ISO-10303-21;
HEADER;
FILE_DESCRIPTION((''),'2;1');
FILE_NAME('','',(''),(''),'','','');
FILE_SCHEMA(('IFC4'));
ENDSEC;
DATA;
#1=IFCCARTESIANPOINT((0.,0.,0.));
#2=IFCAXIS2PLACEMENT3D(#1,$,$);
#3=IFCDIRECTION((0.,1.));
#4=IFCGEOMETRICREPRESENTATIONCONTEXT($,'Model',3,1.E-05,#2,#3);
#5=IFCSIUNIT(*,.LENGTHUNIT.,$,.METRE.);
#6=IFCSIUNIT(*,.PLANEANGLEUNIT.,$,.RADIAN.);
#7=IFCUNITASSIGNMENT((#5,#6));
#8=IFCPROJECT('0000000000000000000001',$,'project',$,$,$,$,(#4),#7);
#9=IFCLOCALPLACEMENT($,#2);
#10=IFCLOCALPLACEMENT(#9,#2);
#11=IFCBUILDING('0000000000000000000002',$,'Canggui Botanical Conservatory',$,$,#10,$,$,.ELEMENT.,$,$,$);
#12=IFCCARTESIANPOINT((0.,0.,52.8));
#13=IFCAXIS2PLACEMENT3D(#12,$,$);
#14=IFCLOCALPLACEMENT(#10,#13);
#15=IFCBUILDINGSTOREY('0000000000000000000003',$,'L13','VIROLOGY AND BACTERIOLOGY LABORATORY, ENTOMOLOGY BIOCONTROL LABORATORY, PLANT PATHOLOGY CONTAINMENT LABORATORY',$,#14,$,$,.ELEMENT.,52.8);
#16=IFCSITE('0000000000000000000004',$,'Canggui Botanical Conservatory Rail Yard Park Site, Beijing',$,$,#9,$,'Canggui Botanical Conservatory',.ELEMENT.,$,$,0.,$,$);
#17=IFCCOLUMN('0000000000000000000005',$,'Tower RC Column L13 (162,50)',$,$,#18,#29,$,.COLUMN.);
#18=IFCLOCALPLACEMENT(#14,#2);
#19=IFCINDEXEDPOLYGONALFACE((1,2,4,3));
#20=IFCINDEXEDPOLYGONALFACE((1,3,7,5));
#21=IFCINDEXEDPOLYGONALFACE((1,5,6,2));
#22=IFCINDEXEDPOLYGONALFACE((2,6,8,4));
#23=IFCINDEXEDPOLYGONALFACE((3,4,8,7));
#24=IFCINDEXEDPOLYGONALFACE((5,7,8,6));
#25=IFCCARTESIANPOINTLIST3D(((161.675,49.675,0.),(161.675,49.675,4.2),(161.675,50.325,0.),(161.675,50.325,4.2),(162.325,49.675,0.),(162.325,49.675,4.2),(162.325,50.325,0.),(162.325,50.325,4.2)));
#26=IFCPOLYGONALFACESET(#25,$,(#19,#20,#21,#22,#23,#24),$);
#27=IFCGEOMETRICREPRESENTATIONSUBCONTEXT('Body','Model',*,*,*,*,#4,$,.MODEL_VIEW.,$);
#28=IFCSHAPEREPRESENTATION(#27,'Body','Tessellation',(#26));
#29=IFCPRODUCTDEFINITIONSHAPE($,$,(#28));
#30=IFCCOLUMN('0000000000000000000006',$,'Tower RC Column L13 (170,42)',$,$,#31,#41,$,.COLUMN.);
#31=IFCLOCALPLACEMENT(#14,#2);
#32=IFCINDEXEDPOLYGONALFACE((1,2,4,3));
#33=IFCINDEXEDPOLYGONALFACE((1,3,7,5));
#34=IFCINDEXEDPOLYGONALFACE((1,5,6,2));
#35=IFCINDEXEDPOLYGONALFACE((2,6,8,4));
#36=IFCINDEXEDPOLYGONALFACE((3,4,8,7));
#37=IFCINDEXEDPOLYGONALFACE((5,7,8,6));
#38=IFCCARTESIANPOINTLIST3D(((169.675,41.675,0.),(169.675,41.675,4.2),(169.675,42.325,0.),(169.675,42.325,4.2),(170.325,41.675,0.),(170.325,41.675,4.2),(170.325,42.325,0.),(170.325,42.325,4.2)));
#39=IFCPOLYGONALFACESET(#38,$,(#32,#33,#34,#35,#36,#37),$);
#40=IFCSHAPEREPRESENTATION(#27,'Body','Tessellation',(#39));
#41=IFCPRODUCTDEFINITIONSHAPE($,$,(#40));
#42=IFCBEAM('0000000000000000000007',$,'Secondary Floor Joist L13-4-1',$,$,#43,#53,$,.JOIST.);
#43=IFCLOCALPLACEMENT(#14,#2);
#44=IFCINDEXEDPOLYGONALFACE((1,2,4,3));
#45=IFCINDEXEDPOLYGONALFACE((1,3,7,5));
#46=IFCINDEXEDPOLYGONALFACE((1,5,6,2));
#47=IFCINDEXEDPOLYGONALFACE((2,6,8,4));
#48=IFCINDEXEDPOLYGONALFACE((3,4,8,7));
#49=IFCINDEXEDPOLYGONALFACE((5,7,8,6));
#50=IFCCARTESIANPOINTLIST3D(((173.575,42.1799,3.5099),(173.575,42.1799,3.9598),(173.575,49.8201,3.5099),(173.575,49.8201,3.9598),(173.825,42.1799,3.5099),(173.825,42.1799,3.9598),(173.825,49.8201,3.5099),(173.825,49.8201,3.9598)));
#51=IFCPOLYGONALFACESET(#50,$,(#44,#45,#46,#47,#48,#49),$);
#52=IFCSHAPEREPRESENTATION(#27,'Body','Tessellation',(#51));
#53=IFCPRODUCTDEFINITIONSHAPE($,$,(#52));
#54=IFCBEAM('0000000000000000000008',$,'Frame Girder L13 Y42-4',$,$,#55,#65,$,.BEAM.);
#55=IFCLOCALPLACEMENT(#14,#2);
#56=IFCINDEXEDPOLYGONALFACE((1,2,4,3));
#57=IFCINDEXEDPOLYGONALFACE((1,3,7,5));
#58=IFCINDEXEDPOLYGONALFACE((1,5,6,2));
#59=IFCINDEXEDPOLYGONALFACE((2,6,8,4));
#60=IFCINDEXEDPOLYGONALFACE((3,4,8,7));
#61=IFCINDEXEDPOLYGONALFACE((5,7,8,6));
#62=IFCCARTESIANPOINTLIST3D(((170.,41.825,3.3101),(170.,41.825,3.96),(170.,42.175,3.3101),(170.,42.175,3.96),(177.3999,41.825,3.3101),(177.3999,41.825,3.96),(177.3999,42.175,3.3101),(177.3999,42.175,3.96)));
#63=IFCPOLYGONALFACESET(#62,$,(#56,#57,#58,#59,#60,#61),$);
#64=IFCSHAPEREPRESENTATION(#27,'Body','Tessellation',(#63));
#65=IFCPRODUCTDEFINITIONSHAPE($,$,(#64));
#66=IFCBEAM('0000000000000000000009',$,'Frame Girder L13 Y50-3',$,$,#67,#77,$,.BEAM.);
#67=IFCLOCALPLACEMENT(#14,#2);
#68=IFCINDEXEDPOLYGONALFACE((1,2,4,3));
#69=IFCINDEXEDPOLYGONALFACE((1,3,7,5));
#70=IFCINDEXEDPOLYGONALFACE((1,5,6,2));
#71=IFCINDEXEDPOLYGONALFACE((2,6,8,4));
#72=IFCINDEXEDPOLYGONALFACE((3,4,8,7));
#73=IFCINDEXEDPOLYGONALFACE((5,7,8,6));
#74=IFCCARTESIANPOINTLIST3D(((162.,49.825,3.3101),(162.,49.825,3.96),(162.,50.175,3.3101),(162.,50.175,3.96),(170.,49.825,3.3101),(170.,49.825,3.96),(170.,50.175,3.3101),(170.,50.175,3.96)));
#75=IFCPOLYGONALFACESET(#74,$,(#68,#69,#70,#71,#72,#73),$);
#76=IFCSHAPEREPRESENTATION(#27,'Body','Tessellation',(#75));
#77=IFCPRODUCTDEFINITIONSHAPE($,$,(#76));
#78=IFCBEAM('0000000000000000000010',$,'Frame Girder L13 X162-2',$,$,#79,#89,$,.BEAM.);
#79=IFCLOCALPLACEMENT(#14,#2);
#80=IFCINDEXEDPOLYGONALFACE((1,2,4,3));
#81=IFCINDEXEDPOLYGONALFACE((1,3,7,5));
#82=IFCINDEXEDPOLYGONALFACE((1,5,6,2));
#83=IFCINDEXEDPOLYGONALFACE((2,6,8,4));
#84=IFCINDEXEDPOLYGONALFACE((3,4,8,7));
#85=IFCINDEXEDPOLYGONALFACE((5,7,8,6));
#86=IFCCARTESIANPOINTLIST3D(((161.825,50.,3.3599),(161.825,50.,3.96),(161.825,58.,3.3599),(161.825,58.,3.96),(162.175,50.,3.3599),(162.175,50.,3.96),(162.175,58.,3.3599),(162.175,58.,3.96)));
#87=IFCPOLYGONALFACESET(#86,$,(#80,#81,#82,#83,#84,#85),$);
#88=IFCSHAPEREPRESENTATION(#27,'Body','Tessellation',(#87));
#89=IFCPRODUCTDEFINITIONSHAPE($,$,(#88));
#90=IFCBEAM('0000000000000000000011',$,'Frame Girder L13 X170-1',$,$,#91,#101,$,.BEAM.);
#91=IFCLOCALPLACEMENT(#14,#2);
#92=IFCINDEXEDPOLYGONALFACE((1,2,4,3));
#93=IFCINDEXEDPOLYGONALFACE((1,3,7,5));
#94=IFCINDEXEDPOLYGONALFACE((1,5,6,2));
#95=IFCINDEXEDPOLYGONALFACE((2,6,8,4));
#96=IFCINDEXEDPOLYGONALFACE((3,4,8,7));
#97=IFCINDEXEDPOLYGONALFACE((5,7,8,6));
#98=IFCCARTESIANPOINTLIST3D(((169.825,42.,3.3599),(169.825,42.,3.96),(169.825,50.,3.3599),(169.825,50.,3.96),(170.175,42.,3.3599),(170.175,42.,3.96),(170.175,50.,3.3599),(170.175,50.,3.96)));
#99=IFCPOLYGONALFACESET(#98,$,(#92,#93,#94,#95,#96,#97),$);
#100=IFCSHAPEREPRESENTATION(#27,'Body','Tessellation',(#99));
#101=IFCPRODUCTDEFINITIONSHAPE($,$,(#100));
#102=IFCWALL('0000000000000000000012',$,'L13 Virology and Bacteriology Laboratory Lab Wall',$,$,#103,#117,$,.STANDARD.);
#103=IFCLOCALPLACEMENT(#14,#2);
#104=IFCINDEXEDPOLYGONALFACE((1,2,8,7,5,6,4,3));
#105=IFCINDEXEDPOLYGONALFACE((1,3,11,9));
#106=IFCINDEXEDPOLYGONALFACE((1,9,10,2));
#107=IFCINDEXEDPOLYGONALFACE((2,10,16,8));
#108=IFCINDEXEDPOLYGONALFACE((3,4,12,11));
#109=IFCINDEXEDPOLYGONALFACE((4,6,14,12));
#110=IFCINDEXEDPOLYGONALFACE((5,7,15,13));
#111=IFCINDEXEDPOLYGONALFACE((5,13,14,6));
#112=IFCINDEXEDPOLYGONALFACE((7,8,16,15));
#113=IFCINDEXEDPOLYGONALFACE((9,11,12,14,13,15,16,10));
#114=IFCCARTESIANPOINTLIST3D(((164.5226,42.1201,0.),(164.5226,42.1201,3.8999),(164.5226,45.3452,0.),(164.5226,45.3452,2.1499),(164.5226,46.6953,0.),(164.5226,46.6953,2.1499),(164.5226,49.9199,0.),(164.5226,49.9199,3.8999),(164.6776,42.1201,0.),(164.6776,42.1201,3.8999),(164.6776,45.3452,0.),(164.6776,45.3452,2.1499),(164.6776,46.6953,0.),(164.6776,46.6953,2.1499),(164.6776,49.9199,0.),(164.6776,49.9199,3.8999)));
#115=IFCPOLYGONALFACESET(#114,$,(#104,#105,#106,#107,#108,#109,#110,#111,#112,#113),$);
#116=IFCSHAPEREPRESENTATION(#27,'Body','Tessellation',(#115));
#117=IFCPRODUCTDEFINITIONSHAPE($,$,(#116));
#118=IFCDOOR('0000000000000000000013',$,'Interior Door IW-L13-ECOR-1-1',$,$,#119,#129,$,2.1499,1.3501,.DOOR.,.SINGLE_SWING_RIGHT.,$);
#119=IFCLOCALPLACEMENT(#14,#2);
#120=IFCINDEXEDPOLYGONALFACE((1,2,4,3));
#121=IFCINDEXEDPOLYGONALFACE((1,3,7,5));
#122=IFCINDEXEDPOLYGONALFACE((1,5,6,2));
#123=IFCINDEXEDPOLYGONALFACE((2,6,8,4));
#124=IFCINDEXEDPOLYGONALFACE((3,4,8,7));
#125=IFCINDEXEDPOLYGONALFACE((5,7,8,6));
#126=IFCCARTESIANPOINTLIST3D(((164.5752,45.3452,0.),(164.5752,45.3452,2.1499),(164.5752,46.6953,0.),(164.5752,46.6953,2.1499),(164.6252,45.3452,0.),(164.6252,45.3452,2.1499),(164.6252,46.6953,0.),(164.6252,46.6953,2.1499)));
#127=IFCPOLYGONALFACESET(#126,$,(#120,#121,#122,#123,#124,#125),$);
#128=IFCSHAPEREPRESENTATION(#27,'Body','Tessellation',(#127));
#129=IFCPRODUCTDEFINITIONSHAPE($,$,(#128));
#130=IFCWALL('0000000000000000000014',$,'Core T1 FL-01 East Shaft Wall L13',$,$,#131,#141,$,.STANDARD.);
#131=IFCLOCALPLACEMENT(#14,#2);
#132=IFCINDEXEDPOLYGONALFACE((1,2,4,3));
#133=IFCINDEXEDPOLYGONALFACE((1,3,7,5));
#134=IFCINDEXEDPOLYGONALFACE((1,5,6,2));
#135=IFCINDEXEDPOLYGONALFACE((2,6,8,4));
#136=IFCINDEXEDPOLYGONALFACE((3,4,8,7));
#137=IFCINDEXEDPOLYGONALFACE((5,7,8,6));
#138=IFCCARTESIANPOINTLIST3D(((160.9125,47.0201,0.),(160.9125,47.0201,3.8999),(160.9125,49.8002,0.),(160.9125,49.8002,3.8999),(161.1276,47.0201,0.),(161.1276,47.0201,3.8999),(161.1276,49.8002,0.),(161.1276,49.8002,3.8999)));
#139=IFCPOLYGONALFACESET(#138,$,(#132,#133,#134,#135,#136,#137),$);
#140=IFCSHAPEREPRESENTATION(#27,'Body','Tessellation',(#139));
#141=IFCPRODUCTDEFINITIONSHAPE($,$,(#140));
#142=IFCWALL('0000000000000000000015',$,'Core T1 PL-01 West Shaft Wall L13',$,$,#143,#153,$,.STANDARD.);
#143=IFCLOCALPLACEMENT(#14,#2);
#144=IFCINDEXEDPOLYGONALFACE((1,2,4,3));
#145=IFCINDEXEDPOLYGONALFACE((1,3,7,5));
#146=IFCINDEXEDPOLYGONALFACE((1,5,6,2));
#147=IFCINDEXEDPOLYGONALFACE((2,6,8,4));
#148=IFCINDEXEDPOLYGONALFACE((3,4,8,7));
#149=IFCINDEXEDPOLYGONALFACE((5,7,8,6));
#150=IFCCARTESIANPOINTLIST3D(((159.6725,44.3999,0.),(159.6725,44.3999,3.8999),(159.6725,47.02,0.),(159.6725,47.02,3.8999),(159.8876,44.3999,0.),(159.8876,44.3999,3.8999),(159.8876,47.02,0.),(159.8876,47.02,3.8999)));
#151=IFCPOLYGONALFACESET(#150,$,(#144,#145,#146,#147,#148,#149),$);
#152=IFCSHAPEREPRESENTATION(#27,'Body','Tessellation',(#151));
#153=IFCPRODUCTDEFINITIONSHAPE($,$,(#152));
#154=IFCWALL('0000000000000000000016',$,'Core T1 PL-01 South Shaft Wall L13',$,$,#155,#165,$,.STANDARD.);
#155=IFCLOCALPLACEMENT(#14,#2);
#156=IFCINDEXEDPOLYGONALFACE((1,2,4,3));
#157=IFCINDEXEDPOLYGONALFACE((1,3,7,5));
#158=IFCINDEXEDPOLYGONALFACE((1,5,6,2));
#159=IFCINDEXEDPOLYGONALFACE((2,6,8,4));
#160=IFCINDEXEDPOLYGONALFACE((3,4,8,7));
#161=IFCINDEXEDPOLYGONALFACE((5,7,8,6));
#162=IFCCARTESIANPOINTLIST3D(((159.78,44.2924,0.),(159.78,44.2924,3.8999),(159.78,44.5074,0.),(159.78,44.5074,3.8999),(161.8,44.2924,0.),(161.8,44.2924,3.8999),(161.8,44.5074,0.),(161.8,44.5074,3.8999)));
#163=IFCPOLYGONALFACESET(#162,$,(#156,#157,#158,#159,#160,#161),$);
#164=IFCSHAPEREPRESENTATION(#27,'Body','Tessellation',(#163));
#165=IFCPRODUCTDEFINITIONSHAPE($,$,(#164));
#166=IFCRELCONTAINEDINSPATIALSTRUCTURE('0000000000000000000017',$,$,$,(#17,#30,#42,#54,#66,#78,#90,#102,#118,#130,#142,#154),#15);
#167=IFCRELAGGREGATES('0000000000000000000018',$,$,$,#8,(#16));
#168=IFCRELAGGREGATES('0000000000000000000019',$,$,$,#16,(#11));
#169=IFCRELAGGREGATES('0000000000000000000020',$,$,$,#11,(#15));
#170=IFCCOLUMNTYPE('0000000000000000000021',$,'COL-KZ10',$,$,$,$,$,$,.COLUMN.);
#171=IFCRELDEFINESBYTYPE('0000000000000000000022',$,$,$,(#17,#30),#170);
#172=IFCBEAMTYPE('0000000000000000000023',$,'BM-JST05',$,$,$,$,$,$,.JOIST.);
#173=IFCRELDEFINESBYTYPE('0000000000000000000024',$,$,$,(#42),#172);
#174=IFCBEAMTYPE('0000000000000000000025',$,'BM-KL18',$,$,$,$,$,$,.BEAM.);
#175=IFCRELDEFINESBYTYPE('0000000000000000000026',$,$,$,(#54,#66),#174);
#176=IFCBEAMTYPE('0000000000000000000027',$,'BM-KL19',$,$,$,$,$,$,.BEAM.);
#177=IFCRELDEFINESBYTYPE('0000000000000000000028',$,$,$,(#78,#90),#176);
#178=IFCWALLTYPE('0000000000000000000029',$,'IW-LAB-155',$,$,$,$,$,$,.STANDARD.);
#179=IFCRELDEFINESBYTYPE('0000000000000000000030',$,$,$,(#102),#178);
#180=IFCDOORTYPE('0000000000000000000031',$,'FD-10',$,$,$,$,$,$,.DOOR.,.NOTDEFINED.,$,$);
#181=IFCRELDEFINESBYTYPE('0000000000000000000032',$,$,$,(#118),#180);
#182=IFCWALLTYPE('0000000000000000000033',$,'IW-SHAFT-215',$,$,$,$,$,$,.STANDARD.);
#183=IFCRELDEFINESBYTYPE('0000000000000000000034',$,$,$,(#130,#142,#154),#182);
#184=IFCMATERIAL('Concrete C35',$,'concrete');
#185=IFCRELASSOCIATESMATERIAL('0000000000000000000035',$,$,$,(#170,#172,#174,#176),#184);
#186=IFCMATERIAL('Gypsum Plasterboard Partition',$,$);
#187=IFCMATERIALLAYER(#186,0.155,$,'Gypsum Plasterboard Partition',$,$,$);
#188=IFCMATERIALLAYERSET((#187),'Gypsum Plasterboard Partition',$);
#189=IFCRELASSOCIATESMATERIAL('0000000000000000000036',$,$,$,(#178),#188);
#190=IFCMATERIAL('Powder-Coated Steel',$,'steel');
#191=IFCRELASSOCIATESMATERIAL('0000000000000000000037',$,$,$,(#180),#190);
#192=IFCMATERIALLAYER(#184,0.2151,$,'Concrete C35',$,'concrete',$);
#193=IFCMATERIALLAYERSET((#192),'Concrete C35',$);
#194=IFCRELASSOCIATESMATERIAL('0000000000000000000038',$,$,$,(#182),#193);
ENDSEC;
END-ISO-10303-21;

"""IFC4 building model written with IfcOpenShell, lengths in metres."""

from ifc_helpers import new_model, si_unit, direction, frame, frame_2d, origin, origin_2d, place, context, subcontext, project, spatial, rectangle, extrude, material, layer, layer_set, material_profile, profile_set, type_object, element, fill, save


model = new_model("IFC4")

# Units and contexts
model_context = context("Model", 3, precision=1e-05, world=origin(), true_north=direction((0.0, 1.0)))
body_context = subcontext(model_context, "Body", "Model", "MODEL_VIEW")
ifc_project = project(units=[si_unit("LENGTHUNIT", "METRE"), si_unit("PLANEANGLEUNIT", "RADIAN")], contexts=[model_context])

# Site, building, storey
site_placement = place(None, origin())
site = spatial("IfcSite", under=ifc_project, at=site_placement, Name="Canggui Botanical Conservatory Rail Yard Park Site, Beijing", LongName="Canggui Botanical Conservatory", CompositionType="ELEMENT", RefElevation=0.0)
building_placement = place(site_placement, origin())
building = spatial("IfcBuilding", under=site, at=building_placement, Name="Canggui Botanical Conservatory", CompositionType="ELEMENT")
storey_placement = place(building_placement, frame((0.0, 0.0, 52.8)))
storey = spatial("IfcBuildingStorey", under=building, at=storey_placement, Name="L13", Description="VIROLOGY AND BACTERIOLOGY LABORATORY, ENTOMOLOGY BIOCONTROL LABORATORY, PLANT PATHOLOGY CONTAINMENT LABORATORY", CompositionType="ELEMENT", Elevation=52.8)

# Columns
ifc_material_1 = material(Name="Concrete C35", Category="concrete")
ifc_material_profile_1 = material_profile(ifc_material_1, rectangle(XDim=0.6499, YDim=0.6499, at=origin_2d()), Name="RC 650x650")
ifc_profile_set_1 = profile_set([ifc_material_profile_1], Name="Concrete C35")
column_type = type_object("IfcColumnType", Name="COL-KZ10", PredefinedType="COLUMN", material=ifc_profile_set_1)
for number, where, z_axis, x_axis, name in (
    (1, (162.0, 50.0, 0.0), (0.0, 0.0, 1.0), (1.0, 0.0, 0.0), "Tower RC Column L13 (162,50)"),
    (2, (170.0, 42.0, 0.0), (0.0, 0.0, 1.0), (1.0, 0.0, 0.0), "Tower RC Column L13 (170,42)"),
):
    element("IfcColumn", number, at=place(storey_placement, frame(where, z_axis=z_axis, x_axis=x_axis)), inside=storey, type_object=column_type, Name=name, PredefinedType="COLUMN", context=body_context, shape_type="SweptSolid", body=[
        extrude(rectangle(XDim=0.6499, YDim=0.6499, at=origin_2d()), origin(), (0.0, 0.0, 1.0), 4.2),
    ])

# Beams
ifc_material_profile_2 = material_profile(ifc_material_1, rectangle(XDim=0.25, YDim=0.45, at=origin_2d()), Name="RB 250x450")
ifc_profile_set_2 = profile_set([ifc_material_profile_2], Name="Concrete C35")
beam_type_1 = type_object("IfcBeamType", Name="BM-JST05", PredefinedType="JOIST", material=ifc_profile_set_2)
beam_1_placement = place(storey_placement, frame((173.7, 42.1799, 3.7349), z_axis=(0.0, 1.0, 0.0), x_axis=(-1.0, 0.0, 0.0)))
element("IfcBeam", 3, at=beam_1_placement, inside=storey, type_object=beam_type_1, Name="Secondary Floor Joist L13-4-1", PredefinedType="JOIST", context=body_context, shape_type="SweptSolid", body=[
    extrude(rectangle(XDim=0.25, YDim=0.45, at=origin_2d()), origin(), (0.0, 0.0, 1.0), 7.6401),
])
ifc_material_profile_3 = material_profile(ifc_material_1, rectangle(XDim=0.3501, YDim=0.6499, at=origin_2d()), Name="RB 350x650")
ifc_profile_set_3 = profile_set([ifc_material_profile_3], Name="Concrete C35")
beam_type_2 = type_object("IfcBeamType", Name="BM-KL18", PredefinedType="BEAM", material=ifc_profile_set_3)
beam_2_placement = place(storey_placement, frame((170.0, 42.0, 3.635), z_axis=(1.0, 0.0, 0.0), x_axis=(0.0, 1.0, 0.0)))
element("IfcBeam", 4, at=beam_2_placement, inside=storey, type_object=beam_type_2, Name="Frame Girder L13 Y42-4", PredefinedType="BEAM", context=body_context, shape_type="SweptSolid", body=[
    extrude(rectangle(XDim=0.3501, YDim=0.6499, at=origin_2d()), origin(), (0.0, 0.0, 1.0), 7.3999),
])
beam_3_placement = place(storey_placement, frame((162.0, 50.0, 3.635), z_axis=(1.0, 0.0, 0.0), x_axis=(0.0, 1.0, 0.0)))
element("IfcBeam", 5, at=beam_3_placement, inside=storey, type_object=beam_type_2, Name="Frame Girder L13 Y50-3", PredefinedType="BEAM", context=body_context, shape_type="SweptSolid", body=[
    extrude(rectangle(XDim=0.3501, YDim=0.6499, at=origin_2d()), origin(), (0.0, 0.0, 1.0), 8.0),
])
ifc_material_profile_4 = material_profile(ifc_material_1, rectangle(XDim=0.3501, YDim=0.6001, at=origin_2d()), Name="RB 350x600")
ifc_profile_set_4 = profile_set([ifc_material_profile_4], Name="Concrete C35")
beam_type_3 = type_object("IfcBeamType", Name="BM-KL19", PredefinedType="BEAM", material=ifc_profile_set_4)
for number, where, z_axis, x_axis, name in (
    (6, (162.0, 50.0, 3.6599), (0.0, 1.0, 0.0), (-1.0, 0.0, 0.0), "Frame Girder L13 X162-2"),
    (7, (170.0, 42.0, 3.6599), (0.0, 1.0, 0.0), (-1.0, 0.0, 0.0), "Frame Girder L13 X170-1"),
):
    element("IfcBeam", number, at=place(storey_placement, frame(where, z_axis=z_axis, x_axis=x_axis)), inside=storey, type_object=beam_type_3, Name=name, PredefinedType="BEAM", context=body_context, shape_type="SweptSolid", body=[
        extrude(rectangle(XDim=0.3501, YDim=0.6001, at=origin_2d()), origin(), (0.0, 0.0, 1.0), 8.0),
    ])

# Wall, opening, door
ifc_material_2 = material(Name="Gypsum Plasterboard Partition")
ifc_layer_1 = layer(ifc_material_2, 0.155, Name="Gypsum Plasterboard Partition")
ifc_layer_set_1 = layer_set([ifc_layer_1], Name="Gypsum Plasterboard Partition")
wall_type_1 = type_object("IfcWallType", Name="IW-LAB-155", PredefinedType="STANDARD", material=ifc_layer_set_1)
wall_1_placement = place(storey_placement, frame((164.6001, 42.1201, 0.0), z_axis=(0.0, 0.0, 1.0), x_axis=(0.0, 1.0, 0.0)))
wall_1 = element("IfcWall", 8, at=wall_1_placement, inside=storey, type_object=wall_type_1, Name="L13 Virology and Bacteriology Laboratory Lab Wall", PredefinedType="STANDARD", context=body_context, shape_type="SweptSolid", body=[
    extrude(rectangle(XDim=7.7998, YDim=0.155, at=frame_2d((3.8999, 0.0))), origin(), (0.0, 0.0, 1.0), 3.8999),
])
opening_1_placement = place(wall_1_placement, frame((3.2251, 0.0, 0.0)))
opening_1 = element("IfcOpeningElement", 9, at=opening_1_placement, cuts=wall_1, PredefinedType="OPENING", context=body_context, shape_type="SweptSolid", body=[
    extrude(rectangle(XDim=1.3501, YDim=2.1499, at=frame_2d((0.675, 1.075))), frame((0.0, 0.0874, 0.0), z_axis=(0.0, -1.0, 0.0), x_axis=(1.0, 0.0, 0.0)), (0.0, 0.0, 1.0), 0.175),
])
ifc_material_3 = material(Name="Powder-Coated Steel", Category="steel")
door_type_1 = type_object("IfcDoorType", Name="FD-10", OperationType="NOTDEFINED", PredefinedType="DOOR", material=ifc_material_3)
door_1_placement = place(opening_1_placement, origin())
door_1 = element("IfcDoor", 10, at=door_1_placement, inside=storey, type_object=door_type_1, Name="Interior Door IW-L13-ECOR-1-1", OperationType="SINGLE_SWING_RIGHT", OverallHeight=2.1499, OverallWidth=1.3501, PredefinedType="DOOR", context=body_context, shape_type="SweptSolid", body=[
    extrude(rectangle(XDim=1.3501, YDim=2.1499, at=frame_2d((0.675, 1.075))), frame((0.0, 0.0249, 0.0), z_axis=(0.0, -1.0, 0.0), x_axis=(1.0, 0.0, 0.0)), (0.0, 0.0, 1.0), 0.05),
])
fill(opening_1, door_1)

# Walls
ifc_layer_2 = layer(ifc_material_1, 0.2151, Name="Concrete C35", Category="concrete")
ifc_layer_set_2 = layer_set([ifc_layer_2], Name="Concrete C35")
wall_type_2 = type_object("IfcWallType", Name="IW-SHAFT-215", PredefinedType="STANDARD", material=ifc_layer_set_2)
wall_2_placement = place(storey_placement, frame((161.02, 47.02, 0.0), z_axis=(0.0, 0.0, 1.0), x_axis=(0.0, 1.0, 0.0)))
element("IfcWall", 11, at=wall_2_placement, inside=storey, type_object=wall_type_2, Name="Core T1 FL-01 East Shaft Wall L13", PredefinedType="STANDARD", context=body_context, shape_type="SweptSolid", body=[
    extrude(rectangle(XDim=2.78, YDim=0.2151, at=frame_2d((1.3901, 0.0))), origin(), (0.0, 0.0, 1.0), 3.8999),
])
wall_3_placement = place(storey_placement, frame((159.78, 44.3999, 0.0), z_axis=(0.0, 0.0, 1.0), x_axis=(0.0, 1.0, 0.0)))
element("IfcWall", 12, at=wall_3_placement, inside=storey, type_object=wall_type_2, Name="Core T1 PL-01 West Shaft Wall L13", PredefinedType="STANDARD", context=body_context, shape_type="SweptSolid", body=[
    extrude(rectangle(XDim=2.6201, YDim=0.2151, at=frame_2d((1.3101, 0.0))), origin(), (0.0, 0.0, 1.0), 3.8999),
])
wall_4_placement = place(storey_placement, frame((159.78, 44.3999, 0.0), z_axis=(0.0, 0.0, 1.0), x_axis=(1.0, 0.0, 0.0)))
element("IfcWall", 13, at=wall_4_placement, inside=storey, type_object=wall_type_2, Name="Core T1 PL-01 South Shaft Wall L13", PredefinedType="STANDARD", context=body_context, shape_type="SweptSolid", body=[
    extrude(rectangle(XDim=2.02, YDim=0.2151, at=frame_2d((1.01, 0.0))), origin(), (0.0, 0.0, 1.0), 3.8999),
])

save(model, "model.ifc")
